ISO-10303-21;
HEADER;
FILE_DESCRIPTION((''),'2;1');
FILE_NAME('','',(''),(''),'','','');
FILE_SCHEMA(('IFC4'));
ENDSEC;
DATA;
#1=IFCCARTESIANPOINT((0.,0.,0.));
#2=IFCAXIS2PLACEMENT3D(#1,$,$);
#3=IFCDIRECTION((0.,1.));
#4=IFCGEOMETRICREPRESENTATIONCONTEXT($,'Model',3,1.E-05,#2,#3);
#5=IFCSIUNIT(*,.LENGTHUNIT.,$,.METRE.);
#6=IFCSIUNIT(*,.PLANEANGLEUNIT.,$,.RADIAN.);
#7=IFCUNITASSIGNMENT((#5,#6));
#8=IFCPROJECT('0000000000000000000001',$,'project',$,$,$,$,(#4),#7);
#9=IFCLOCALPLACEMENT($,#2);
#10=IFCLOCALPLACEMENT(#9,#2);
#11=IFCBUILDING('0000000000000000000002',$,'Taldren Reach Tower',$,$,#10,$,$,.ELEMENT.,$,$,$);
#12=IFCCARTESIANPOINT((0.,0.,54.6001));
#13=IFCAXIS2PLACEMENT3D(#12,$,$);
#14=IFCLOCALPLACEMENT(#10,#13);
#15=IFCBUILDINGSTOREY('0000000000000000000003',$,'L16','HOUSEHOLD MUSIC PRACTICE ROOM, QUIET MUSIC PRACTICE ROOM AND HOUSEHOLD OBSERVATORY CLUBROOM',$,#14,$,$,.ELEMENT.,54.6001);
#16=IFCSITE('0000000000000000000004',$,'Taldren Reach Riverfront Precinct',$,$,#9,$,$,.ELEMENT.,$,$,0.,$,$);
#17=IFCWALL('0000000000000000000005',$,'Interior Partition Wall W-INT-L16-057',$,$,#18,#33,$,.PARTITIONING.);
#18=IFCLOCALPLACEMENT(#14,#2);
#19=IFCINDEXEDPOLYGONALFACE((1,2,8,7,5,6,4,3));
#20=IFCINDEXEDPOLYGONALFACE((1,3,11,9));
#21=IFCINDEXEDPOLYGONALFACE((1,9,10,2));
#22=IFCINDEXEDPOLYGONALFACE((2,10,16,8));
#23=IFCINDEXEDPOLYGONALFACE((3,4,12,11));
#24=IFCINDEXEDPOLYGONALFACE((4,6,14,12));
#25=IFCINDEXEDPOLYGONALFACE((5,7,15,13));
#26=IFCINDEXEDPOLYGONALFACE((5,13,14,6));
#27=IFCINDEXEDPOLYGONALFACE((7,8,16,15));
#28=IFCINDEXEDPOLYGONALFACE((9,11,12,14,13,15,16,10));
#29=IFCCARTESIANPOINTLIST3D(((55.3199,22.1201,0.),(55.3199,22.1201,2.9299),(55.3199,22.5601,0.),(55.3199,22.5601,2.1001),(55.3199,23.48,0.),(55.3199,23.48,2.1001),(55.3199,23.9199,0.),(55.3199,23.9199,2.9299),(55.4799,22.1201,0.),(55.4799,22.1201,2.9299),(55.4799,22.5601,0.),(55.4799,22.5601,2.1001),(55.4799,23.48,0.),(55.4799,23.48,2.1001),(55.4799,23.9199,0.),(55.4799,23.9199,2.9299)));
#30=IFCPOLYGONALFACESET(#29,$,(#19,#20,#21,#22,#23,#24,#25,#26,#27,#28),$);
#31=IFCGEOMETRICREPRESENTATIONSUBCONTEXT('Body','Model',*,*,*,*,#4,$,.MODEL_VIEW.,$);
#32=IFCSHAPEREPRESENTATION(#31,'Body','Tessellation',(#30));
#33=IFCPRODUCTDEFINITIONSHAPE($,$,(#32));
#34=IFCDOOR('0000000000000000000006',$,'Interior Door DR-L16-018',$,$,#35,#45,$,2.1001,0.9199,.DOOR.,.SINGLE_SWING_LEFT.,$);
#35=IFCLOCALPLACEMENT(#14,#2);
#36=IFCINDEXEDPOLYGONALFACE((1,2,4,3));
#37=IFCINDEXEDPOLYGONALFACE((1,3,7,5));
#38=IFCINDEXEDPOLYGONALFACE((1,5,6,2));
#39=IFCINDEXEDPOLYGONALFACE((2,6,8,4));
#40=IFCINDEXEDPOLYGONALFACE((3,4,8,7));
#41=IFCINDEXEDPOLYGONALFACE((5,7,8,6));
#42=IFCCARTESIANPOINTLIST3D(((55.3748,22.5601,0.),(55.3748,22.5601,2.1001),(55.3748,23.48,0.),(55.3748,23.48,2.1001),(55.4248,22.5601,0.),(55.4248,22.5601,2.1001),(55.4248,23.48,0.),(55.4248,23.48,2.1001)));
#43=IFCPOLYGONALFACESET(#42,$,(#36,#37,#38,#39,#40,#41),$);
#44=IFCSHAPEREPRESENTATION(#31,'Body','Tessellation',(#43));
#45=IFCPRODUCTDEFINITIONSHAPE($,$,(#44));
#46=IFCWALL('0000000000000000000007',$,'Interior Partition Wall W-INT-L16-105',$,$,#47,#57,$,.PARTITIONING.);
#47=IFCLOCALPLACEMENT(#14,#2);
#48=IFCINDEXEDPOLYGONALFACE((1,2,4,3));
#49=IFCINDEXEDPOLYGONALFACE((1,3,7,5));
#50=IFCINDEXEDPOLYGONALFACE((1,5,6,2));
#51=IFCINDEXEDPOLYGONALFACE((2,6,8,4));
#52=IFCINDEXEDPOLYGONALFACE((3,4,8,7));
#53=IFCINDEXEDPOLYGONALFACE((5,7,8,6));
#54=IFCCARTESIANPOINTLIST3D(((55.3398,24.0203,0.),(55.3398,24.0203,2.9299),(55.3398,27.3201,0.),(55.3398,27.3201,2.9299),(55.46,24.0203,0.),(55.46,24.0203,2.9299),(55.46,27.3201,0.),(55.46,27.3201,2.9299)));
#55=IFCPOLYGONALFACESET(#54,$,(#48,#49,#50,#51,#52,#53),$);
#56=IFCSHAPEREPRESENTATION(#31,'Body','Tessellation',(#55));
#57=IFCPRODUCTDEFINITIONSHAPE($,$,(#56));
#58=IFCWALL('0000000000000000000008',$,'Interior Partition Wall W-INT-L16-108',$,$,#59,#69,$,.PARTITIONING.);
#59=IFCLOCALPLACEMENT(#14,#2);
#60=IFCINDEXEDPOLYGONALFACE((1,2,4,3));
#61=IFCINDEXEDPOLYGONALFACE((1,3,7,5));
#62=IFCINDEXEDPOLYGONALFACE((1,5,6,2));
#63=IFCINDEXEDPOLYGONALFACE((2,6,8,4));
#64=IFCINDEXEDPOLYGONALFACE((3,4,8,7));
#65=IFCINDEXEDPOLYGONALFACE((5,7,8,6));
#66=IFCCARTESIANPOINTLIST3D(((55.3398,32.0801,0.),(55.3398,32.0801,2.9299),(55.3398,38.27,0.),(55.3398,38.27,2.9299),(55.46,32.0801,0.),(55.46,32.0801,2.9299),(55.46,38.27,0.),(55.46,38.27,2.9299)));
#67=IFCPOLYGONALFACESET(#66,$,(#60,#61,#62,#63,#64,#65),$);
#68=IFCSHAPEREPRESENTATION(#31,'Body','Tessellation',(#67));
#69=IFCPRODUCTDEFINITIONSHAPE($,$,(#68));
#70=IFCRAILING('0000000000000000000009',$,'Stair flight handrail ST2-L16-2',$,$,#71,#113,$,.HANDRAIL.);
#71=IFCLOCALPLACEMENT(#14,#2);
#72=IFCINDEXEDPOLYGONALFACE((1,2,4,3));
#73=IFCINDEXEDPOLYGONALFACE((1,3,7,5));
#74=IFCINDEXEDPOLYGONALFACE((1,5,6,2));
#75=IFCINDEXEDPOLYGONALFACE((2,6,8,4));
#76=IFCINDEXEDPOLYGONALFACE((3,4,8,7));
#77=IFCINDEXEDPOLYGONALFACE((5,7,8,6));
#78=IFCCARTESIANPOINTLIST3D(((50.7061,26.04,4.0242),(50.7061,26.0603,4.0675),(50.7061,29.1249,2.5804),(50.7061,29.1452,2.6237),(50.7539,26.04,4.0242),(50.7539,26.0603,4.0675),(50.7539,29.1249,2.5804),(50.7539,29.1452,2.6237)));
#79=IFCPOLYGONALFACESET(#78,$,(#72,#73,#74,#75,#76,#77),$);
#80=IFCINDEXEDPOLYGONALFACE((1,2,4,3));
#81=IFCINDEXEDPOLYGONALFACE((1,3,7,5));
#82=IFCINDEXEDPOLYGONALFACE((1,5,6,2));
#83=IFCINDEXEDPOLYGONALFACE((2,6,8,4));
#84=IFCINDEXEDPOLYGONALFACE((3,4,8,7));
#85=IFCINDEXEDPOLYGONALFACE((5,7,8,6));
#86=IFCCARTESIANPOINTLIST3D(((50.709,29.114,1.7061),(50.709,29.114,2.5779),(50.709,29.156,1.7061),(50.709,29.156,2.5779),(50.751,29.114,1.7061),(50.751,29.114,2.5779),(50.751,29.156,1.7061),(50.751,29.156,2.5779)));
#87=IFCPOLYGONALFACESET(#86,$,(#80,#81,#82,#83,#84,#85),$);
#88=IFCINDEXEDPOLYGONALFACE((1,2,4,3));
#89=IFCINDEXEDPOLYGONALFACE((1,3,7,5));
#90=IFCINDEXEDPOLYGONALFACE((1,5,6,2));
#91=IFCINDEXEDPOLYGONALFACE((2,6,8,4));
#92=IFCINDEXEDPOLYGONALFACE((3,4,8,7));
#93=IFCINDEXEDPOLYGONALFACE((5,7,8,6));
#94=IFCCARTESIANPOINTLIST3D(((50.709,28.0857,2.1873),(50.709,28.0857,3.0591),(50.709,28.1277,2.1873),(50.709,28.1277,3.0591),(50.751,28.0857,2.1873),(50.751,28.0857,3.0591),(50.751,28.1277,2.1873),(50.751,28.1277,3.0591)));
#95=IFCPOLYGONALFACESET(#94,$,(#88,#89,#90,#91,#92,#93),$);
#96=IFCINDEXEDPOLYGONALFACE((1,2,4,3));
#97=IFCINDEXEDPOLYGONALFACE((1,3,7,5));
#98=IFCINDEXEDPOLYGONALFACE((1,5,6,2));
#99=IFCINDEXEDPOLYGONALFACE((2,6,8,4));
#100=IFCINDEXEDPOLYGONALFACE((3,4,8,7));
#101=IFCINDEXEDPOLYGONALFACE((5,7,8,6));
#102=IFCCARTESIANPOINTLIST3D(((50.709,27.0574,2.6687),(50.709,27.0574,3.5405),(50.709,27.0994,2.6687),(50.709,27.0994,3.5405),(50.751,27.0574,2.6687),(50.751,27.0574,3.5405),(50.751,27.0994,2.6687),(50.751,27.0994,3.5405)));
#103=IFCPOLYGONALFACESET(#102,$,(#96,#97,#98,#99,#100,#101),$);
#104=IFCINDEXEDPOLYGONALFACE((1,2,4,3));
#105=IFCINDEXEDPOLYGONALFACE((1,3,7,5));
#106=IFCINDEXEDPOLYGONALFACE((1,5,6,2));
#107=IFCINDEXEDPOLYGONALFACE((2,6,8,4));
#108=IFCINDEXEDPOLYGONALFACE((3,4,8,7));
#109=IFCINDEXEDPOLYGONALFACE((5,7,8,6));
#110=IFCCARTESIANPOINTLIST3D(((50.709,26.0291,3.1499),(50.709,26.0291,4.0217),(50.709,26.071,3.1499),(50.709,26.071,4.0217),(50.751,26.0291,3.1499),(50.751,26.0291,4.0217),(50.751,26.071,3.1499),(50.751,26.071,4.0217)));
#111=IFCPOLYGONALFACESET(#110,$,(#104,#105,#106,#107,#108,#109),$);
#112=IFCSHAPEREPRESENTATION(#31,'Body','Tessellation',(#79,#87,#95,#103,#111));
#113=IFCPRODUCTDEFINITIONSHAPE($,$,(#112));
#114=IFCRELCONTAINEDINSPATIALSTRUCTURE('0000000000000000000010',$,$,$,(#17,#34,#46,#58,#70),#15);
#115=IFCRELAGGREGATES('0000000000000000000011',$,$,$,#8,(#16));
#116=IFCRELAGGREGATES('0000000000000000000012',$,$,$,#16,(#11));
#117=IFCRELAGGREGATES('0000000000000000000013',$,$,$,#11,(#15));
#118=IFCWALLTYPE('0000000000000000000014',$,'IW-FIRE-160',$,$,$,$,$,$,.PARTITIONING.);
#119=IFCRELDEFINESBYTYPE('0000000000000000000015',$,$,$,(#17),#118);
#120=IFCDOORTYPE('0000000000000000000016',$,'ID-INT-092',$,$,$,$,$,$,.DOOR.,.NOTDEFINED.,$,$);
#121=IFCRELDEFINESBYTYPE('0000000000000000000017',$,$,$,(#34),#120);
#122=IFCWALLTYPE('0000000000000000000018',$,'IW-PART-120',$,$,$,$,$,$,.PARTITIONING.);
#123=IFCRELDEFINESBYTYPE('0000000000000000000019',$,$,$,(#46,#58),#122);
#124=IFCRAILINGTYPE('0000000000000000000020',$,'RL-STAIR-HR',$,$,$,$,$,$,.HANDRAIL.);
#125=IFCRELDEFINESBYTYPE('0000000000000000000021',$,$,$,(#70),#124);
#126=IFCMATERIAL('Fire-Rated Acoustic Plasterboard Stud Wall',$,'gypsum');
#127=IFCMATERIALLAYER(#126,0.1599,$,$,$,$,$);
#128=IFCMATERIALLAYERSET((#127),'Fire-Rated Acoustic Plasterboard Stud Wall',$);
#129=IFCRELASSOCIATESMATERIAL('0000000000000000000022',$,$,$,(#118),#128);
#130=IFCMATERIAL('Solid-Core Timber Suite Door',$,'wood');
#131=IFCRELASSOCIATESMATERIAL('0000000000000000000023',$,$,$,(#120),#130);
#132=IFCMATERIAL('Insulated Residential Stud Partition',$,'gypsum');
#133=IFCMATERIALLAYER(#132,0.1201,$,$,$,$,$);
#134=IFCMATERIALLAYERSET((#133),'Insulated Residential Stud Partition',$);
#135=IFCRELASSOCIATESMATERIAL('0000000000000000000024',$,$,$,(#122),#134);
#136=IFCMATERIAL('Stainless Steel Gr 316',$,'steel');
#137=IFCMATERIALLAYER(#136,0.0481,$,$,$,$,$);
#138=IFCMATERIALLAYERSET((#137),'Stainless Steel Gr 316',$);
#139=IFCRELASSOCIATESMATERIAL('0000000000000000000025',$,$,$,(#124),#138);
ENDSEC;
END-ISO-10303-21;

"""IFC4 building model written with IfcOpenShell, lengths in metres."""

from ifc_helpers import new_model, si_unit, direction, frame, frame_2d, origin, origin_2d, place, context, subcontext, project, spatial, rectangle, extrude, source, transform, mapped, material, layer, layer_set, type_object, element, fill, save


model = new_model("IFC4")

# Units and contexts
model_context = context("Model", 3, precision=1e-05, world=origin(), true_north=direction((0.0, 1.0)))
body_context = subcontext(model_context, "Body", "Model", "MODEL_VIEW")
ifc_project = project(units=[si_unit("LENGTHUNIT", "METRE"), si_unit("PLANEANGLEUNIT", "RADIAN")], contexts=[model_context])

# Site, building, storey
site_placement = place(None, origin())
site = spatial("IfcSite", under=ifc_project, at=site_placement, Name="Taldren Reach Riverfront Precinct", CompositionType="ELEMENT", RefElevation=0.0)
building_placement = place(site_placement, origin())
building = spatial("IfcBuilding", under=site, at=building_placement, Name="Taldren Reach Tower", CompositionType="ELEMENT")
storey_placement = place(building_placement, frame((0.0, 0.0, 54.6001)))
storey = spatial("IfcBuildingStorey", under=building, at=storey_placement, Name="L16", Description="HOUSEHOLD MUSIC PRACTICE ROOM, QUIET MUSIC PRACTICE ROOM AND HOUSEHOLD OBSERVATORY CLUBROOM", CompositionType="ELEMENT", Elevation=54.6001)

# Shared definitions
ifc_material_1 = material(Name="Fire-Rated Acoustic Plasterboard Stud Wall", Category="gypsum")
ifc_layer_1 = layer(ifc_material_1, 0.1599)
ifc_layer_set_1 = layer_set([ifc_layer_1], Name="Fire-Rated Acoustic Plasterboard Stud Wall")
wall_type_1 = type_object("IfcWallType", Name="IW-FIRE-160", PredefinedType="PARTITIONING", material=ifc_layer_set_1)

# Shared definitions
shared_shape_1 = source(origin(), body_context, "Body", "SweptSolid", [
    extrude(rectangle(XDim=0.9199, YDim=2.1001, at=frame_2d((0.46, 1.05))), frame((0.0, 0.0898, 0.0), z_axis=(0.0, -1.0, 0.0), x_axis=(1.0, 0.0, 0.0)), (0.0, 0.0, 1.0), 0.1799),
])
ifc_material_2 = material(Name="Solid-Core Timber Suite Door", Category="wood")
door_type_1 = type_object("IfcDoorType", Name="ID-INT-092", OperationType="NOTDEFINED", PredefinedType="DOOR", material=ifc_material_2)
shared_shape_2 = source(origin(), body_context, "Body", "SweptSolid", [
    extrude(rectangle(XDim=0.9199, YDim=2.1001, at=frame_2d((0.46, 1.05))), frame((0.0, 0.0249, 0.0), z_axis=(0.0, -1.0, 0.0), x_axis=(1.0, 0.0, 0.0)), (0.0, 0.0, 1.0), 0.05),
])

# Shared definitions
ifc_material_3 = material(Name="Insulated Residential Stud Partition", Category="gypsum")
ifc_layer_2 = layer(ifc_material_3, 0.1201)
ifc_layer_set_2 = layer_set([ifc_layer_2], Name="Insulated Residential Stud Partition")
wall_type_2 = type_object("IfcWallType", Name="IW-PART-120", PredefinedType="PARTITIONING", material=ifc_layer_set_2)

# Wall, opening, door
shared_shape_3 = source(origin(), body_context, "Body", "SweptSolid", [
    extrude(rectangle(XDim=1.7998, YDim=0.1599, at=frame_2d((0.8999, 0.0))), origin(), (0.0, 0.0, 1.0), 2.9299),
])
wall_1_placement = place(storey_placement, frame((55.3999, 23.9199, 0.0), z_axis=(0.0, 0.0, 1.0), x_axis=(0.0, -1.0, 0.0)))
wall_1 = element("IfcWall", 1, at=wall_1_placement, inside=storey, type_object=wall_type_1, Name="Interior Partition Wall W-INT-L16-057", PredefinedType="PARTITIONING", context=body_context, shape_type="MappedRepresentation", body=[
    mapped(shared_shape_3, transform((0.0, 0.0, 0.0), scale=1.0)),
])
opening_1_placement = place(wall_1_placement, frame((0.4399, 0.0, 0.0)))
opening_1 = element("IfcOpeningElement", 2, at=opening_1_placement, cuts=wall_1, PredefinedType="OPENING", context=body_context, shape_type="MappedRepresentation", body=[
    mapped(shared_shape_1, transform((0.0, 0.0, 0.0), scale=1.0)),
])
door_1_placement = place(opening_1_placement, origin())
door_1 = element("IfcDoor", 3, at=door_1_placement, inside=storey, type_object=door_type_1, Name="Interior Door DR-L16-018", OperationType="SINGLE_SWING_LEFT", OverallHeight=2.1001, OverallWidth=0.9199, PredefinedType="DOOR", context=body_context, shape_type="MappedRepresentation", body=[
    mapped(shared_shape_2, transform((0.0, 0.0, 0.0), scale=1.0)),
])
fill(opening_1, door_1)

# Walls
shared_shape_4 = source(origin(), body_context, "Body", "SweptSolid", [
    extrude(rectangle(XDim=3.2998, YDim=0.1201, at=frame_2d((1.6499, 0.0))), origin(), (0.0, 0.0, 1.0), 2.9299),
])
wall_2_placement = place(storey_placement, frame((55.3999, 24.0203, 0.0), z_axis=(0.0, 0.0, 1.0), x_axis=(0.0, 1.0, 0.0)))
element("IfcWall", 4, at=wall_2_placement, inside=storey, type_object=wall_type_2, Name="Interior Partition Wall W-INT-L16-105", PredefinedType="PARTITIONING", context=body_context, shape_type="MappedRepresentation", body=[
    mapped(shared_shape_4, transform((0.0, 0.0, 0.0), scale=1.0)),
])
shared_shape_5 = source(origin(), body_context, "Body", "SweptSolid", [
    extrude(rectangle(XDim=6.1899, YDim=0.1201, at=frame_2d((3.095, 0.0))), origin(), (0.0, 0.0, 1.0), 2.9299),
])
wall_3_placement = place(storey_placement, frame((55.3999, 32.0801, 0.0), z_axis=(0.0, 0.0, 1.0), x_axis=(0.0, 1.0, 0.0)))
element("IfcWall", 5, at=wall_3_placement, inside=storey, type_object=wall_type_2, Name="Interior Partition Wall W-INT-L16-108", PredefinedType="PARTITIONING", context=body_context, shape_type="MappedRepresentation", body=[
    mapped(shared_shape_5, transform((0.0, 0.0, 0.0), scale=1.0)),
])

# Railing
ifc_material_4 = material(Name="Stainless Steel Gr 316", Category="steel")
ifc_layer_3 = layer(ifc_material_4, 0.0481)
ifc_layer_set_3 = layer_set([ifc_layer_3], Name="Stainless Steel Gr 316")
railing_type = type_object("IfcRailingType", Name="RL-STAIR-HR", PredefinedType="HANDRAIL", material=ifc_layer_set_3)
railing_placement = place(storey_placement, frame((50.73, 29.135, 1.7061)))
element("IfcRailing", 6, at=railing_placement, inside=storey, type_object=railing_type, Name="Stair flight handrail ST2-L16-2", PredefinedType="HANDRAIL", context=body_context, shape_type="SweptSolid", body=[
    extrude(rectangle(XDim=0.0479, YDim=0.0479, at=origin_2d()), frame((0.0, 0.0, 0.896), z_axis=(0.0, -0.90571, 0.423898), x_axis=(1.0, 0.0, 0.0)), (0.0, 0.0, 1.0), 3.406),
    extrude(rectangle(XDim=0.042, YDim=0.042, at=origin_2d()), origin(), (0.0, 0.0, 1.0), 0.8718),
    extrude(rectangle(XDim=0.042, YDim=0.042, at=origin_2d()), frame((0.0, -1.0283, 0.4812)), (0.0, 0.0, 1.0), 0.8718),
    extrude(rectangle(XDim=0.042, YDim=0.042, at=origin_2d()), frame((0.0, -2.0566, 0.9626)), (0.0, 0.0, 1.0), 0.8718),
    extrude(rectangle(XDim=0.042, YDim=0.042, at=origin_2d()), frame((0.0, -3.085, 1.4438)), (0.0, 0.0, 1.0), 0.8718),
])

save(model, "model.ifc")
